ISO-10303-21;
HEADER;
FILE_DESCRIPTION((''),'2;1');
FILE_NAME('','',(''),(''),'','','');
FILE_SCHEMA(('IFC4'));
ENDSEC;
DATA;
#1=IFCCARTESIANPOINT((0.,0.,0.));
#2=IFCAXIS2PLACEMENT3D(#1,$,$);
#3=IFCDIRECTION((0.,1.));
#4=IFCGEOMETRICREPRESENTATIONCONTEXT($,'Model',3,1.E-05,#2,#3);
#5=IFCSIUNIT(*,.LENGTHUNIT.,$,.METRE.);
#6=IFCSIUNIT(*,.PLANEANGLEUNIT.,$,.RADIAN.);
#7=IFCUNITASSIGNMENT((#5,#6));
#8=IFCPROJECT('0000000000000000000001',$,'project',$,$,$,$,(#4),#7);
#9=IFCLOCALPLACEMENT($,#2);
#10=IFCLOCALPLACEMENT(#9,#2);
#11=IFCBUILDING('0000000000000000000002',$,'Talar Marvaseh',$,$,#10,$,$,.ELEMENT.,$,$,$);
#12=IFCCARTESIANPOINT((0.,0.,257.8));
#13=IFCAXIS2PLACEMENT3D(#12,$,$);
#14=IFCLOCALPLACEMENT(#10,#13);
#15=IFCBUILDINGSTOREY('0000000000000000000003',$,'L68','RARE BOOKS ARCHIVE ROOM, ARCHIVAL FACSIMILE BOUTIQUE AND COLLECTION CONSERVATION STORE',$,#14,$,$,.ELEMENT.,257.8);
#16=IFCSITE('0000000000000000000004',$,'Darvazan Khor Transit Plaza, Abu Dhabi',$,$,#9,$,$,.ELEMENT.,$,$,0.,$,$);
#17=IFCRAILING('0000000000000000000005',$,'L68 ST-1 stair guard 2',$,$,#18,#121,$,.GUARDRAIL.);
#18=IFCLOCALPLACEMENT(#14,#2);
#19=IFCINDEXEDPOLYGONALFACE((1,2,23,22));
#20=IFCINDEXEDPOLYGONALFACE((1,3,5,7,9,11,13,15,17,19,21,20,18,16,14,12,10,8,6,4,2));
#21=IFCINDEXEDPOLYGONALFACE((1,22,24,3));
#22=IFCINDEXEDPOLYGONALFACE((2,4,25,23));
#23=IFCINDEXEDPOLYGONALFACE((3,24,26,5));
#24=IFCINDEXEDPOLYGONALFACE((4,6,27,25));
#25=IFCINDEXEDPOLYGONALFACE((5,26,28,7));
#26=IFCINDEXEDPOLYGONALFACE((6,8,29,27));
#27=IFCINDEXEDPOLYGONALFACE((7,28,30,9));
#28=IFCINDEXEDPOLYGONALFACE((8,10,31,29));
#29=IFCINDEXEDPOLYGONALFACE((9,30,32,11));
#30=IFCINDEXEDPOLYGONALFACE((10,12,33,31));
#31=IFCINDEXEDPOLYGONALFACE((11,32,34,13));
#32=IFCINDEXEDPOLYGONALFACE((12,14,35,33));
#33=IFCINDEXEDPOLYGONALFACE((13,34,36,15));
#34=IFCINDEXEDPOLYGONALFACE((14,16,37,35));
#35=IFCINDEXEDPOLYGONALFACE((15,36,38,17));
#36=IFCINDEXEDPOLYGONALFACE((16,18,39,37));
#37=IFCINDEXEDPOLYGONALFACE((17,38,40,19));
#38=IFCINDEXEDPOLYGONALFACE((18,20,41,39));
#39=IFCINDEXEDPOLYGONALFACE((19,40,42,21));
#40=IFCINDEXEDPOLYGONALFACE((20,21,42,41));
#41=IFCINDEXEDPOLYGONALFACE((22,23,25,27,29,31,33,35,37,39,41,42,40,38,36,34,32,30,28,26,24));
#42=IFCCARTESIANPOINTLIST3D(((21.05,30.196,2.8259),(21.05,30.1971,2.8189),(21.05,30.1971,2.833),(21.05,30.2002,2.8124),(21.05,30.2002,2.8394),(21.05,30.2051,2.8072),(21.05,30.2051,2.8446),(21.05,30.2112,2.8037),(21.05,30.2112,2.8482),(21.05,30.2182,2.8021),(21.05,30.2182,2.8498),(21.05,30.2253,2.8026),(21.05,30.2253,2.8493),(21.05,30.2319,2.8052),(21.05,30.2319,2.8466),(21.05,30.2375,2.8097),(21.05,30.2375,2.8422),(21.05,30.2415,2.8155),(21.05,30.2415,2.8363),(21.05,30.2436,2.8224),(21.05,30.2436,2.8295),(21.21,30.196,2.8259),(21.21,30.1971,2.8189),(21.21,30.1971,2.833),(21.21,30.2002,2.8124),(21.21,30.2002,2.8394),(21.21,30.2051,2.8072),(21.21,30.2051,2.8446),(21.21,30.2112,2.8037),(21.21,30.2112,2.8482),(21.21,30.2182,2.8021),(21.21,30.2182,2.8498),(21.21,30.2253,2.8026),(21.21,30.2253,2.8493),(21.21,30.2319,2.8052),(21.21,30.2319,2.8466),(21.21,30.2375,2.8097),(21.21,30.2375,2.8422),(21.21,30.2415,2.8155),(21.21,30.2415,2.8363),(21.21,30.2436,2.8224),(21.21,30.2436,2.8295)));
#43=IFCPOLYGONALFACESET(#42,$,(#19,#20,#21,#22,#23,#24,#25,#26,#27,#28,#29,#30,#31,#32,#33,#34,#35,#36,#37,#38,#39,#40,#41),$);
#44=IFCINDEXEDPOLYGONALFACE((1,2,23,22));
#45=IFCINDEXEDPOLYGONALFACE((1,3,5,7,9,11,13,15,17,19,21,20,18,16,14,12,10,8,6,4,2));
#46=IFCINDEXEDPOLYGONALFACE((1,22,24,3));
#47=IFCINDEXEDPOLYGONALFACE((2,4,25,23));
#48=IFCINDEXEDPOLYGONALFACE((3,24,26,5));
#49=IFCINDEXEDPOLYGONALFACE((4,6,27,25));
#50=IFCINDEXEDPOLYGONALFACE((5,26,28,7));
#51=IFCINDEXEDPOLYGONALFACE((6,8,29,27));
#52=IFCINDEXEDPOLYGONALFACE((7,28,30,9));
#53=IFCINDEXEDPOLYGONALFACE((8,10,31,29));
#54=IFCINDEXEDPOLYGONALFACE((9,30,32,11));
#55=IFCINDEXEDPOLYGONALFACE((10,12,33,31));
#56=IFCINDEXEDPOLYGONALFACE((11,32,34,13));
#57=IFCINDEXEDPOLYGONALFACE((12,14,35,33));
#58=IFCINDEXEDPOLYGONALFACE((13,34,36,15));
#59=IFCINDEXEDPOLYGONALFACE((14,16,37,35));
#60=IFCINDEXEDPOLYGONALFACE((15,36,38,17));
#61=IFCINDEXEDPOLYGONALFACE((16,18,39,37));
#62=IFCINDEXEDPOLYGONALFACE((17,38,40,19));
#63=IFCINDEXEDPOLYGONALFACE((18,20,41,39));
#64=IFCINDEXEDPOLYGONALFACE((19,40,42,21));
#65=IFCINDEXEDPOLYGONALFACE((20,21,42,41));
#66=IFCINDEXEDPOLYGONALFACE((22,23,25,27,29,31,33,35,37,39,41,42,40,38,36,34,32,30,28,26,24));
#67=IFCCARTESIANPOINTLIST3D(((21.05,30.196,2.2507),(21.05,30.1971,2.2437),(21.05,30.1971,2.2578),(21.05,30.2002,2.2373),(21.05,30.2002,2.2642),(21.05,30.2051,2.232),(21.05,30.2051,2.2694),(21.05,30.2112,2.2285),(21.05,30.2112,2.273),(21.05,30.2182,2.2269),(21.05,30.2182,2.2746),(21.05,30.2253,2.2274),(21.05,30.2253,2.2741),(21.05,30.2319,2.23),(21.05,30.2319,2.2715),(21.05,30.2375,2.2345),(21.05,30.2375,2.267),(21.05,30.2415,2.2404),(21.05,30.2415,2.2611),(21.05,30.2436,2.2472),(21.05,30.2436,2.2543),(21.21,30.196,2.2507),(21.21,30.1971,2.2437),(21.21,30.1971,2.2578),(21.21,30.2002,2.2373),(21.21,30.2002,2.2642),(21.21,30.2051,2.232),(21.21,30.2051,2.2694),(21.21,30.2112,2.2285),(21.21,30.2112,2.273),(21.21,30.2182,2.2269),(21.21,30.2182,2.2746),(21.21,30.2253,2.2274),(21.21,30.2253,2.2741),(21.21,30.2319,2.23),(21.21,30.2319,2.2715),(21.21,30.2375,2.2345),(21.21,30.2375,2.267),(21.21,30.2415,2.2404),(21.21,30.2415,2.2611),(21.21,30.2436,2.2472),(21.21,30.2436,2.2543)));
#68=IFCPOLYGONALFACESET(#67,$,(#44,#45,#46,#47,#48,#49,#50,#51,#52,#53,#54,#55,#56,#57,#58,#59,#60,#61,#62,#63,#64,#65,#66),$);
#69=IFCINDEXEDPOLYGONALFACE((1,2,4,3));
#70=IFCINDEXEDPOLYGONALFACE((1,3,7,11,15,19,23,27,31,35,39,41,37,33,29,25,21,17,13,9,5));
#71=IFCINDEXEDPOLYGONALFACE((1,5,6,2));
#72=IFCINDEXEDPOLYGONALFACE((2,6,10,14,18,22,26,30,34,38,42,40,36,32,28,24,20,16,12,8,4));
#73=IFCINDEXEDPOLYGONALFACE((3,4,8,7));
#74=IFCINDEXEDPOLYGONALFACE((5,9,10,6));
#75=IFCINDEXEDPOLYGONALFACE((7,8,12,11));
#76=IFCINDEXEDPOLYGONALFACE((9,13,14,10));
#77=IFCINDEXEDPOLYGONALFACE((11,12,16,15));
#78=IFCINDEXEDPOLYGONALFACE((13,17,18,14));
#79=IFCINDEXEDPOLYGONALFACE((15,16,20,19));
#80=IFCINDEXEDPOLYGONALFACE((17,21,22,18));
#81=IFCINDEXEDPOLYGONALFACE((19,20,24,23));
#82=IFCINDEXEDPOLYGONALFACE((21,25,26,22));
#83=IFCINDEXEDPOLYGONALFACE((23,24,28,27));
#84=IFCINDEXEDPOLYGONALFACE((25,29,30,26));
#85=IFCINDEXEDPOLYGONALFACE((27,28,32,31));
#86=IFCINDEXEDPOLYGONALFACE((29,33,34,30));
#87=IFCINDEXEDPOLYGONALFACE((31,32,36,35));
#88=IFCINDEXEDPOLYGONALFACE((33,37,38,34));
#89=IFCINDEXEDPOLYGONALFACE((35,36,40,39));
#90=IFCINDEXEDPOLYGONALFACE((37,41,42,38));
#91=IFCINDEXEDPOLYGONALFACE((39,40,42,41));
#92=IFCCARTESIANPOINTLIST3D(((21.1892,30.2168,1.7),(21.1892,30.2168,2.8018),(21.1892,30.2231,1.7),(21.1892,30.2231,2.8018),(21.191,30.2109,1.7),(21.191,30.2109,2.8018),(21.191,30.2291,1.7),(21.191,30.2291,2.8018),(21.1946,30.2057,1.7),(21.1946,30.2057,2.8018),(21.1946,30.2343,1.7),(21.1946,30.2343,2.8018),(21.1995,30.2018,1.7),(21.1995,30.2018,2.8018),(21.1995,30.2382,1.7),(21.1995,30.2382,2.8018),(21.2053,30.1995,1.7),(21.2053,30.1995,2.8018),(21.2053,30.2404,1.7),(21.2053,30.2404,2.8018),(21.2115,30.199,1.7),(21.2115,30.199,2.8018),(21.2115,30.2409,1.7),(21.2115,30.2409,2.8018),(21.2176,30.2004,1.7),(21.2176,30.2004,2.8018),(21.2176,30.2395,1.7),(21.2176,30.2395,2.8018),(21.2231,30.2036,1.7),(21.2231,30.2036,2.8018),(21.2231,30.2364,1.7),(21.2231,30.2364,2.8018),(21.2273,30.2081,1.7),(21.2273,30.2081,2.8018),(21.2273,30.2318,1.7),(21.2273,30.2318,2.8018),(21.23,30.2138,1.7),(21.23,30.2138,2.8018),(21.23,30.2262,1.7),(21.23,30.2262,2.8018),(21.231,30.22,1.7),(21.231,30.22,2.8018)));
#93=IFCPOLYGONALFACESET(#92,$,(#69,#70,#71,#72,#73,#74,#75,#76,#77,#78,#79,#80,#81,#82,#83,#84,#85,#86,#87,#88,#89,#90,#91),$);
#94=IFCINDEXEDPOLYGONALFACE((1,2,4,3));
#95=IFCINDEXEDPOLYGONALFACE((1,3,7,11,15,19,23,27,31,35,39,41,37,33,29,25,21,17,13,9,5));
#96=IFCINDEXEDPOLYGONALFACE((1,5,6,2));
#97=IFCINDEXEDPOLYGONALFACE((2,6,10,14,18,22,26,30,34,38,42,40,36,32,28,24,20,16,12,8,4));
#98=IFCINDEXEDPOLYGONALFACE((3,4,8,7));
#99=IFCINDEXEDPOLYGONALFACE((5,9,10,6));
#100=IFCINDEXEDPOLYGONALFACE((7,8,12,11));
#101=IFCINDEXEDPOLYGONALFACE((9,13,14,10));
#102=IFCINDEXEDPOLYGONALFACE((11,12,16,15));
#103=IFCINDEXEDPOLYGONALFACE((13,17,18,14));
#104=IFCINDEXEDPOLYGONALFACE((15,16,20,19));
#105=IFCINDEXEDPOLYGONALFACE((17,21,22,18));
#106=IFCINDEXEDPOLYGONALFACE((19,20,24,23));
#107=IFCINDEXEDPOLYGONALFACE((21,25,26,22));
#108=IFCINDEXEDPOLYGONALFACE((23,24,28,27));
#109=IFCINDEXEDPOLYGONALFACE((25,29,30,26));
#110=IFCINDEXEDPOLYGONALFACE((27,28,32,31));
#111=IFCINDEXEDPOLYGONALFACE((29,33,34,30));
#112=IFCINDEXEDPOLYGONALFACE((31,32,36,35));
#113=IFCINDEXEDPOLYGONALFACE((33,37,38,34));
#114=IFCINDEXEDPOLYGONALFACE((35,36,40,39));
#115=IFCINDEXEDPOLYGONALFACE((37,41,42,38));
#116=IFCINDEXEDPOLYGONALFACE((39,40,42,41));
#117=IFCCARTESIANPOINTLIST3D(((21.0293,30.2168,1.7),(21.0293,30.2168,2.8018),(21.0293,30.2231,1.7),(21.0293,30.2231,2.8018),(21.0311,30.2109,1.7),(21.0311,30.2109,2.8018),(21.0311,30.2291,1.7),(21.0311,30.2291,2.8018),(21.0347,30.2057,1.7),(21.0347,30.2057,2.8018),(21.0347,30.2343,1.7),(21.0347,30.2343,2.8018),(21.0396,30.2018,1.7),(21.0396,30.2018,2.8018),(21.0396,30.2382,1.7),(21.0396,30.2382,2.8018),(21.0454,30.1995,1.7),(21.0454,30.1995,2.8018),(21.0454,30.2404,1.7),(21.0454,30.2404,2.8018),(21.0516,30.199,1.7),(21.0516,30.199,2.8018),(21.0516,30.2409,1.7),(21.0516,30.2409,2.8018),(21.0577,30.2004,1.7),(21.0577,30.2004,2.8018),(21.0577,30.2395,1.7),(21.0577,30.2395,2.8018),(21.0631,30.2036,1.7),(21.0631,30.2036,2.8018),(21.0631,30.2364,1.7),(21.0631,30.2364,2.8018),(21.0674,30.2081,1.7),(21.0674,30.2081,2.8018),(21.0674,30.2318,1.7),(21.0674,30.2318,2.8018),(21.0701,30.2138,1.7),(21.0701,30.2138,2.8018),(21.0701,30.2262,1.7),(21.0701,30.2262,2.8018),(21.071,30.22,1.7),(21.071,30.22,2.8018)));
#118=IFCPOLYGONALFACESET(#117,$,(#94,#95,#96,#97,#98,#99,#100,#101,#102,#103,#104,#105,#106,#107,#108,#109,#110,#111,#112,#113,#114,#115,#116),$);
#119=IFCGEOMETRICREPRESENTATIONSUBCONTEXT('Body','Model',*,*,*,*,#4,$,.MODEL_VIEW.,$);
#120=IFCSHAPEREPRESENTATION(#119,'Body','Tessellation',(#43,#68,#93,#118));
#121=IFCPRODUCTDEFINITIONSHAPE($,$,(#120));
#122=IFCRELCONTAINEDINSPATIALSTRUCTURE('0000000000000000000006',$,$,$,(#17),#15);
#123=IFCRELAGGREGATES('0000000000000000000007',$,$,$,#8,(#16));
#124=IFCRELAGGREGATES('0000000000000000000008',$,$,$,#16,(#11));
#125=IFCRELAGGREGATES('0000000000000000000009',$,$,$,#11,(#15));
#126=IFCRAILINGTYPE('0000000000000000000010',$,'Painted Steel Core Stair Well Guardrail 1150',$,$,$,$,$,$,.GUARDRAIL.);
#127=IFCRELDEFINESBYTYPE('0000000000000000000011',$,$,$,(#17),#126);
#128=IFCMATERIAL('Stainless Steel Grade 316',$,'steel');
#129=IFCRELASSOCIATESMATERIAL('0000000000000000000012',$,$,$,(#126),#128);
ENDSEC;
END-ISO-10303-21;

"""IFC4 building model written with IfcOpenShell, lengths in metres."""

from ifc_helpers import new_model, si_unit, direction, frame, origin, origin_2d, place, context, subcontext, project, spatial, circle, extrude, material, type_object, element, save


model = new_model("IFC4")

# Units and contexts
model_context = context("Model", 3, precision=1e-05, world=origin(), true_north=direction((0.0, 1.0)))
body_context = subcontext(model_context, "Body", "Model", "MODEL_VIEW")
ifc_project = project(units=[si_unit("LENGTHUNIT", "METRE"), si_unit("PLANEANGLEUNIT", "RADIAN")], contexts=[model_context])

# Site, building, storey
site_placement = place(None, origin())
site = spatial("IfcSite", under=ifc_project, at=site_placement, Name="Darvazan Khor Transit Plaza, Abu Dhabi", CompositionType="ELEMENT", RefElevation=0.0)
building_placement = place(site_placement, origin())
building = spatial("IfcBuilding", under=site, at=building_placement, Name="Talar Marvaseh", CompositionType="ELEMENT")
storey_placement = place(building_placement, frame((0.0, 0.0, 257.8)))
storey = spatial("IfcBuildingStorey", under=building, at=storey_placement, Name="L68", Description="RARE BOOKS ARCHIVE ROOM, ARCHIVAL FACSIMILE BOUTIQUE AND COLLECTION CONSERVATION STORE", CompositionType="ELEMENT", Elevation=257.8)

# Railing
ifc_material_1 = material(Name="Stainless Steel Grade 316", Category="steel")
railing_type_1 = type_object("IfcRailingType", Name="Painted Steel Core Stair Well Guardrail 1150", PredefinedType="GUARDRAIL", material=ifc_material_1)
railing_1_placement = place(storey_placement, frame((21.21, 30.22, 1.7)))
element("IfcRailing", 1, at=railing_1_placement, inside=storey, type_object=railing_type_1, Name="L68 ST-1 stair guard 2", PredefinedType="GUARDRAIL", context=body_context, shape_type="SweptSolid", body=[
    extrude(circle(Radius=0.0239, at=origin_2d()), frame((0.0, 0.0, 1.126), z_axis=(-1.0, 0.0, 0.0), x_axis=(0.0, -1.0, 0.0)), (0.0, 0.0, 1.0), 0.1599),
    extrude(circle(Radius=0.0239, at=origin_2d()), frame((0.0, 0.0, 0.5508), z_axis=(-1.0, 0.0, 0.0), x_axis=(0.0, -1.0, 0.0)), (0.0, 0.0, 1.0), 0.1599),
    extrude(circle(Radius=0.021, at=origin_2d()), origin(), (0.0, 0.0, 1.0), 1.1018),
    extrude(circle(Radius=0.021, at=origin_2d()), frame((-0.1599, 0.0, 0.0)), (0.0, 0.0, 1.0), 1.1018),
])

save(model, "model.ifc")
